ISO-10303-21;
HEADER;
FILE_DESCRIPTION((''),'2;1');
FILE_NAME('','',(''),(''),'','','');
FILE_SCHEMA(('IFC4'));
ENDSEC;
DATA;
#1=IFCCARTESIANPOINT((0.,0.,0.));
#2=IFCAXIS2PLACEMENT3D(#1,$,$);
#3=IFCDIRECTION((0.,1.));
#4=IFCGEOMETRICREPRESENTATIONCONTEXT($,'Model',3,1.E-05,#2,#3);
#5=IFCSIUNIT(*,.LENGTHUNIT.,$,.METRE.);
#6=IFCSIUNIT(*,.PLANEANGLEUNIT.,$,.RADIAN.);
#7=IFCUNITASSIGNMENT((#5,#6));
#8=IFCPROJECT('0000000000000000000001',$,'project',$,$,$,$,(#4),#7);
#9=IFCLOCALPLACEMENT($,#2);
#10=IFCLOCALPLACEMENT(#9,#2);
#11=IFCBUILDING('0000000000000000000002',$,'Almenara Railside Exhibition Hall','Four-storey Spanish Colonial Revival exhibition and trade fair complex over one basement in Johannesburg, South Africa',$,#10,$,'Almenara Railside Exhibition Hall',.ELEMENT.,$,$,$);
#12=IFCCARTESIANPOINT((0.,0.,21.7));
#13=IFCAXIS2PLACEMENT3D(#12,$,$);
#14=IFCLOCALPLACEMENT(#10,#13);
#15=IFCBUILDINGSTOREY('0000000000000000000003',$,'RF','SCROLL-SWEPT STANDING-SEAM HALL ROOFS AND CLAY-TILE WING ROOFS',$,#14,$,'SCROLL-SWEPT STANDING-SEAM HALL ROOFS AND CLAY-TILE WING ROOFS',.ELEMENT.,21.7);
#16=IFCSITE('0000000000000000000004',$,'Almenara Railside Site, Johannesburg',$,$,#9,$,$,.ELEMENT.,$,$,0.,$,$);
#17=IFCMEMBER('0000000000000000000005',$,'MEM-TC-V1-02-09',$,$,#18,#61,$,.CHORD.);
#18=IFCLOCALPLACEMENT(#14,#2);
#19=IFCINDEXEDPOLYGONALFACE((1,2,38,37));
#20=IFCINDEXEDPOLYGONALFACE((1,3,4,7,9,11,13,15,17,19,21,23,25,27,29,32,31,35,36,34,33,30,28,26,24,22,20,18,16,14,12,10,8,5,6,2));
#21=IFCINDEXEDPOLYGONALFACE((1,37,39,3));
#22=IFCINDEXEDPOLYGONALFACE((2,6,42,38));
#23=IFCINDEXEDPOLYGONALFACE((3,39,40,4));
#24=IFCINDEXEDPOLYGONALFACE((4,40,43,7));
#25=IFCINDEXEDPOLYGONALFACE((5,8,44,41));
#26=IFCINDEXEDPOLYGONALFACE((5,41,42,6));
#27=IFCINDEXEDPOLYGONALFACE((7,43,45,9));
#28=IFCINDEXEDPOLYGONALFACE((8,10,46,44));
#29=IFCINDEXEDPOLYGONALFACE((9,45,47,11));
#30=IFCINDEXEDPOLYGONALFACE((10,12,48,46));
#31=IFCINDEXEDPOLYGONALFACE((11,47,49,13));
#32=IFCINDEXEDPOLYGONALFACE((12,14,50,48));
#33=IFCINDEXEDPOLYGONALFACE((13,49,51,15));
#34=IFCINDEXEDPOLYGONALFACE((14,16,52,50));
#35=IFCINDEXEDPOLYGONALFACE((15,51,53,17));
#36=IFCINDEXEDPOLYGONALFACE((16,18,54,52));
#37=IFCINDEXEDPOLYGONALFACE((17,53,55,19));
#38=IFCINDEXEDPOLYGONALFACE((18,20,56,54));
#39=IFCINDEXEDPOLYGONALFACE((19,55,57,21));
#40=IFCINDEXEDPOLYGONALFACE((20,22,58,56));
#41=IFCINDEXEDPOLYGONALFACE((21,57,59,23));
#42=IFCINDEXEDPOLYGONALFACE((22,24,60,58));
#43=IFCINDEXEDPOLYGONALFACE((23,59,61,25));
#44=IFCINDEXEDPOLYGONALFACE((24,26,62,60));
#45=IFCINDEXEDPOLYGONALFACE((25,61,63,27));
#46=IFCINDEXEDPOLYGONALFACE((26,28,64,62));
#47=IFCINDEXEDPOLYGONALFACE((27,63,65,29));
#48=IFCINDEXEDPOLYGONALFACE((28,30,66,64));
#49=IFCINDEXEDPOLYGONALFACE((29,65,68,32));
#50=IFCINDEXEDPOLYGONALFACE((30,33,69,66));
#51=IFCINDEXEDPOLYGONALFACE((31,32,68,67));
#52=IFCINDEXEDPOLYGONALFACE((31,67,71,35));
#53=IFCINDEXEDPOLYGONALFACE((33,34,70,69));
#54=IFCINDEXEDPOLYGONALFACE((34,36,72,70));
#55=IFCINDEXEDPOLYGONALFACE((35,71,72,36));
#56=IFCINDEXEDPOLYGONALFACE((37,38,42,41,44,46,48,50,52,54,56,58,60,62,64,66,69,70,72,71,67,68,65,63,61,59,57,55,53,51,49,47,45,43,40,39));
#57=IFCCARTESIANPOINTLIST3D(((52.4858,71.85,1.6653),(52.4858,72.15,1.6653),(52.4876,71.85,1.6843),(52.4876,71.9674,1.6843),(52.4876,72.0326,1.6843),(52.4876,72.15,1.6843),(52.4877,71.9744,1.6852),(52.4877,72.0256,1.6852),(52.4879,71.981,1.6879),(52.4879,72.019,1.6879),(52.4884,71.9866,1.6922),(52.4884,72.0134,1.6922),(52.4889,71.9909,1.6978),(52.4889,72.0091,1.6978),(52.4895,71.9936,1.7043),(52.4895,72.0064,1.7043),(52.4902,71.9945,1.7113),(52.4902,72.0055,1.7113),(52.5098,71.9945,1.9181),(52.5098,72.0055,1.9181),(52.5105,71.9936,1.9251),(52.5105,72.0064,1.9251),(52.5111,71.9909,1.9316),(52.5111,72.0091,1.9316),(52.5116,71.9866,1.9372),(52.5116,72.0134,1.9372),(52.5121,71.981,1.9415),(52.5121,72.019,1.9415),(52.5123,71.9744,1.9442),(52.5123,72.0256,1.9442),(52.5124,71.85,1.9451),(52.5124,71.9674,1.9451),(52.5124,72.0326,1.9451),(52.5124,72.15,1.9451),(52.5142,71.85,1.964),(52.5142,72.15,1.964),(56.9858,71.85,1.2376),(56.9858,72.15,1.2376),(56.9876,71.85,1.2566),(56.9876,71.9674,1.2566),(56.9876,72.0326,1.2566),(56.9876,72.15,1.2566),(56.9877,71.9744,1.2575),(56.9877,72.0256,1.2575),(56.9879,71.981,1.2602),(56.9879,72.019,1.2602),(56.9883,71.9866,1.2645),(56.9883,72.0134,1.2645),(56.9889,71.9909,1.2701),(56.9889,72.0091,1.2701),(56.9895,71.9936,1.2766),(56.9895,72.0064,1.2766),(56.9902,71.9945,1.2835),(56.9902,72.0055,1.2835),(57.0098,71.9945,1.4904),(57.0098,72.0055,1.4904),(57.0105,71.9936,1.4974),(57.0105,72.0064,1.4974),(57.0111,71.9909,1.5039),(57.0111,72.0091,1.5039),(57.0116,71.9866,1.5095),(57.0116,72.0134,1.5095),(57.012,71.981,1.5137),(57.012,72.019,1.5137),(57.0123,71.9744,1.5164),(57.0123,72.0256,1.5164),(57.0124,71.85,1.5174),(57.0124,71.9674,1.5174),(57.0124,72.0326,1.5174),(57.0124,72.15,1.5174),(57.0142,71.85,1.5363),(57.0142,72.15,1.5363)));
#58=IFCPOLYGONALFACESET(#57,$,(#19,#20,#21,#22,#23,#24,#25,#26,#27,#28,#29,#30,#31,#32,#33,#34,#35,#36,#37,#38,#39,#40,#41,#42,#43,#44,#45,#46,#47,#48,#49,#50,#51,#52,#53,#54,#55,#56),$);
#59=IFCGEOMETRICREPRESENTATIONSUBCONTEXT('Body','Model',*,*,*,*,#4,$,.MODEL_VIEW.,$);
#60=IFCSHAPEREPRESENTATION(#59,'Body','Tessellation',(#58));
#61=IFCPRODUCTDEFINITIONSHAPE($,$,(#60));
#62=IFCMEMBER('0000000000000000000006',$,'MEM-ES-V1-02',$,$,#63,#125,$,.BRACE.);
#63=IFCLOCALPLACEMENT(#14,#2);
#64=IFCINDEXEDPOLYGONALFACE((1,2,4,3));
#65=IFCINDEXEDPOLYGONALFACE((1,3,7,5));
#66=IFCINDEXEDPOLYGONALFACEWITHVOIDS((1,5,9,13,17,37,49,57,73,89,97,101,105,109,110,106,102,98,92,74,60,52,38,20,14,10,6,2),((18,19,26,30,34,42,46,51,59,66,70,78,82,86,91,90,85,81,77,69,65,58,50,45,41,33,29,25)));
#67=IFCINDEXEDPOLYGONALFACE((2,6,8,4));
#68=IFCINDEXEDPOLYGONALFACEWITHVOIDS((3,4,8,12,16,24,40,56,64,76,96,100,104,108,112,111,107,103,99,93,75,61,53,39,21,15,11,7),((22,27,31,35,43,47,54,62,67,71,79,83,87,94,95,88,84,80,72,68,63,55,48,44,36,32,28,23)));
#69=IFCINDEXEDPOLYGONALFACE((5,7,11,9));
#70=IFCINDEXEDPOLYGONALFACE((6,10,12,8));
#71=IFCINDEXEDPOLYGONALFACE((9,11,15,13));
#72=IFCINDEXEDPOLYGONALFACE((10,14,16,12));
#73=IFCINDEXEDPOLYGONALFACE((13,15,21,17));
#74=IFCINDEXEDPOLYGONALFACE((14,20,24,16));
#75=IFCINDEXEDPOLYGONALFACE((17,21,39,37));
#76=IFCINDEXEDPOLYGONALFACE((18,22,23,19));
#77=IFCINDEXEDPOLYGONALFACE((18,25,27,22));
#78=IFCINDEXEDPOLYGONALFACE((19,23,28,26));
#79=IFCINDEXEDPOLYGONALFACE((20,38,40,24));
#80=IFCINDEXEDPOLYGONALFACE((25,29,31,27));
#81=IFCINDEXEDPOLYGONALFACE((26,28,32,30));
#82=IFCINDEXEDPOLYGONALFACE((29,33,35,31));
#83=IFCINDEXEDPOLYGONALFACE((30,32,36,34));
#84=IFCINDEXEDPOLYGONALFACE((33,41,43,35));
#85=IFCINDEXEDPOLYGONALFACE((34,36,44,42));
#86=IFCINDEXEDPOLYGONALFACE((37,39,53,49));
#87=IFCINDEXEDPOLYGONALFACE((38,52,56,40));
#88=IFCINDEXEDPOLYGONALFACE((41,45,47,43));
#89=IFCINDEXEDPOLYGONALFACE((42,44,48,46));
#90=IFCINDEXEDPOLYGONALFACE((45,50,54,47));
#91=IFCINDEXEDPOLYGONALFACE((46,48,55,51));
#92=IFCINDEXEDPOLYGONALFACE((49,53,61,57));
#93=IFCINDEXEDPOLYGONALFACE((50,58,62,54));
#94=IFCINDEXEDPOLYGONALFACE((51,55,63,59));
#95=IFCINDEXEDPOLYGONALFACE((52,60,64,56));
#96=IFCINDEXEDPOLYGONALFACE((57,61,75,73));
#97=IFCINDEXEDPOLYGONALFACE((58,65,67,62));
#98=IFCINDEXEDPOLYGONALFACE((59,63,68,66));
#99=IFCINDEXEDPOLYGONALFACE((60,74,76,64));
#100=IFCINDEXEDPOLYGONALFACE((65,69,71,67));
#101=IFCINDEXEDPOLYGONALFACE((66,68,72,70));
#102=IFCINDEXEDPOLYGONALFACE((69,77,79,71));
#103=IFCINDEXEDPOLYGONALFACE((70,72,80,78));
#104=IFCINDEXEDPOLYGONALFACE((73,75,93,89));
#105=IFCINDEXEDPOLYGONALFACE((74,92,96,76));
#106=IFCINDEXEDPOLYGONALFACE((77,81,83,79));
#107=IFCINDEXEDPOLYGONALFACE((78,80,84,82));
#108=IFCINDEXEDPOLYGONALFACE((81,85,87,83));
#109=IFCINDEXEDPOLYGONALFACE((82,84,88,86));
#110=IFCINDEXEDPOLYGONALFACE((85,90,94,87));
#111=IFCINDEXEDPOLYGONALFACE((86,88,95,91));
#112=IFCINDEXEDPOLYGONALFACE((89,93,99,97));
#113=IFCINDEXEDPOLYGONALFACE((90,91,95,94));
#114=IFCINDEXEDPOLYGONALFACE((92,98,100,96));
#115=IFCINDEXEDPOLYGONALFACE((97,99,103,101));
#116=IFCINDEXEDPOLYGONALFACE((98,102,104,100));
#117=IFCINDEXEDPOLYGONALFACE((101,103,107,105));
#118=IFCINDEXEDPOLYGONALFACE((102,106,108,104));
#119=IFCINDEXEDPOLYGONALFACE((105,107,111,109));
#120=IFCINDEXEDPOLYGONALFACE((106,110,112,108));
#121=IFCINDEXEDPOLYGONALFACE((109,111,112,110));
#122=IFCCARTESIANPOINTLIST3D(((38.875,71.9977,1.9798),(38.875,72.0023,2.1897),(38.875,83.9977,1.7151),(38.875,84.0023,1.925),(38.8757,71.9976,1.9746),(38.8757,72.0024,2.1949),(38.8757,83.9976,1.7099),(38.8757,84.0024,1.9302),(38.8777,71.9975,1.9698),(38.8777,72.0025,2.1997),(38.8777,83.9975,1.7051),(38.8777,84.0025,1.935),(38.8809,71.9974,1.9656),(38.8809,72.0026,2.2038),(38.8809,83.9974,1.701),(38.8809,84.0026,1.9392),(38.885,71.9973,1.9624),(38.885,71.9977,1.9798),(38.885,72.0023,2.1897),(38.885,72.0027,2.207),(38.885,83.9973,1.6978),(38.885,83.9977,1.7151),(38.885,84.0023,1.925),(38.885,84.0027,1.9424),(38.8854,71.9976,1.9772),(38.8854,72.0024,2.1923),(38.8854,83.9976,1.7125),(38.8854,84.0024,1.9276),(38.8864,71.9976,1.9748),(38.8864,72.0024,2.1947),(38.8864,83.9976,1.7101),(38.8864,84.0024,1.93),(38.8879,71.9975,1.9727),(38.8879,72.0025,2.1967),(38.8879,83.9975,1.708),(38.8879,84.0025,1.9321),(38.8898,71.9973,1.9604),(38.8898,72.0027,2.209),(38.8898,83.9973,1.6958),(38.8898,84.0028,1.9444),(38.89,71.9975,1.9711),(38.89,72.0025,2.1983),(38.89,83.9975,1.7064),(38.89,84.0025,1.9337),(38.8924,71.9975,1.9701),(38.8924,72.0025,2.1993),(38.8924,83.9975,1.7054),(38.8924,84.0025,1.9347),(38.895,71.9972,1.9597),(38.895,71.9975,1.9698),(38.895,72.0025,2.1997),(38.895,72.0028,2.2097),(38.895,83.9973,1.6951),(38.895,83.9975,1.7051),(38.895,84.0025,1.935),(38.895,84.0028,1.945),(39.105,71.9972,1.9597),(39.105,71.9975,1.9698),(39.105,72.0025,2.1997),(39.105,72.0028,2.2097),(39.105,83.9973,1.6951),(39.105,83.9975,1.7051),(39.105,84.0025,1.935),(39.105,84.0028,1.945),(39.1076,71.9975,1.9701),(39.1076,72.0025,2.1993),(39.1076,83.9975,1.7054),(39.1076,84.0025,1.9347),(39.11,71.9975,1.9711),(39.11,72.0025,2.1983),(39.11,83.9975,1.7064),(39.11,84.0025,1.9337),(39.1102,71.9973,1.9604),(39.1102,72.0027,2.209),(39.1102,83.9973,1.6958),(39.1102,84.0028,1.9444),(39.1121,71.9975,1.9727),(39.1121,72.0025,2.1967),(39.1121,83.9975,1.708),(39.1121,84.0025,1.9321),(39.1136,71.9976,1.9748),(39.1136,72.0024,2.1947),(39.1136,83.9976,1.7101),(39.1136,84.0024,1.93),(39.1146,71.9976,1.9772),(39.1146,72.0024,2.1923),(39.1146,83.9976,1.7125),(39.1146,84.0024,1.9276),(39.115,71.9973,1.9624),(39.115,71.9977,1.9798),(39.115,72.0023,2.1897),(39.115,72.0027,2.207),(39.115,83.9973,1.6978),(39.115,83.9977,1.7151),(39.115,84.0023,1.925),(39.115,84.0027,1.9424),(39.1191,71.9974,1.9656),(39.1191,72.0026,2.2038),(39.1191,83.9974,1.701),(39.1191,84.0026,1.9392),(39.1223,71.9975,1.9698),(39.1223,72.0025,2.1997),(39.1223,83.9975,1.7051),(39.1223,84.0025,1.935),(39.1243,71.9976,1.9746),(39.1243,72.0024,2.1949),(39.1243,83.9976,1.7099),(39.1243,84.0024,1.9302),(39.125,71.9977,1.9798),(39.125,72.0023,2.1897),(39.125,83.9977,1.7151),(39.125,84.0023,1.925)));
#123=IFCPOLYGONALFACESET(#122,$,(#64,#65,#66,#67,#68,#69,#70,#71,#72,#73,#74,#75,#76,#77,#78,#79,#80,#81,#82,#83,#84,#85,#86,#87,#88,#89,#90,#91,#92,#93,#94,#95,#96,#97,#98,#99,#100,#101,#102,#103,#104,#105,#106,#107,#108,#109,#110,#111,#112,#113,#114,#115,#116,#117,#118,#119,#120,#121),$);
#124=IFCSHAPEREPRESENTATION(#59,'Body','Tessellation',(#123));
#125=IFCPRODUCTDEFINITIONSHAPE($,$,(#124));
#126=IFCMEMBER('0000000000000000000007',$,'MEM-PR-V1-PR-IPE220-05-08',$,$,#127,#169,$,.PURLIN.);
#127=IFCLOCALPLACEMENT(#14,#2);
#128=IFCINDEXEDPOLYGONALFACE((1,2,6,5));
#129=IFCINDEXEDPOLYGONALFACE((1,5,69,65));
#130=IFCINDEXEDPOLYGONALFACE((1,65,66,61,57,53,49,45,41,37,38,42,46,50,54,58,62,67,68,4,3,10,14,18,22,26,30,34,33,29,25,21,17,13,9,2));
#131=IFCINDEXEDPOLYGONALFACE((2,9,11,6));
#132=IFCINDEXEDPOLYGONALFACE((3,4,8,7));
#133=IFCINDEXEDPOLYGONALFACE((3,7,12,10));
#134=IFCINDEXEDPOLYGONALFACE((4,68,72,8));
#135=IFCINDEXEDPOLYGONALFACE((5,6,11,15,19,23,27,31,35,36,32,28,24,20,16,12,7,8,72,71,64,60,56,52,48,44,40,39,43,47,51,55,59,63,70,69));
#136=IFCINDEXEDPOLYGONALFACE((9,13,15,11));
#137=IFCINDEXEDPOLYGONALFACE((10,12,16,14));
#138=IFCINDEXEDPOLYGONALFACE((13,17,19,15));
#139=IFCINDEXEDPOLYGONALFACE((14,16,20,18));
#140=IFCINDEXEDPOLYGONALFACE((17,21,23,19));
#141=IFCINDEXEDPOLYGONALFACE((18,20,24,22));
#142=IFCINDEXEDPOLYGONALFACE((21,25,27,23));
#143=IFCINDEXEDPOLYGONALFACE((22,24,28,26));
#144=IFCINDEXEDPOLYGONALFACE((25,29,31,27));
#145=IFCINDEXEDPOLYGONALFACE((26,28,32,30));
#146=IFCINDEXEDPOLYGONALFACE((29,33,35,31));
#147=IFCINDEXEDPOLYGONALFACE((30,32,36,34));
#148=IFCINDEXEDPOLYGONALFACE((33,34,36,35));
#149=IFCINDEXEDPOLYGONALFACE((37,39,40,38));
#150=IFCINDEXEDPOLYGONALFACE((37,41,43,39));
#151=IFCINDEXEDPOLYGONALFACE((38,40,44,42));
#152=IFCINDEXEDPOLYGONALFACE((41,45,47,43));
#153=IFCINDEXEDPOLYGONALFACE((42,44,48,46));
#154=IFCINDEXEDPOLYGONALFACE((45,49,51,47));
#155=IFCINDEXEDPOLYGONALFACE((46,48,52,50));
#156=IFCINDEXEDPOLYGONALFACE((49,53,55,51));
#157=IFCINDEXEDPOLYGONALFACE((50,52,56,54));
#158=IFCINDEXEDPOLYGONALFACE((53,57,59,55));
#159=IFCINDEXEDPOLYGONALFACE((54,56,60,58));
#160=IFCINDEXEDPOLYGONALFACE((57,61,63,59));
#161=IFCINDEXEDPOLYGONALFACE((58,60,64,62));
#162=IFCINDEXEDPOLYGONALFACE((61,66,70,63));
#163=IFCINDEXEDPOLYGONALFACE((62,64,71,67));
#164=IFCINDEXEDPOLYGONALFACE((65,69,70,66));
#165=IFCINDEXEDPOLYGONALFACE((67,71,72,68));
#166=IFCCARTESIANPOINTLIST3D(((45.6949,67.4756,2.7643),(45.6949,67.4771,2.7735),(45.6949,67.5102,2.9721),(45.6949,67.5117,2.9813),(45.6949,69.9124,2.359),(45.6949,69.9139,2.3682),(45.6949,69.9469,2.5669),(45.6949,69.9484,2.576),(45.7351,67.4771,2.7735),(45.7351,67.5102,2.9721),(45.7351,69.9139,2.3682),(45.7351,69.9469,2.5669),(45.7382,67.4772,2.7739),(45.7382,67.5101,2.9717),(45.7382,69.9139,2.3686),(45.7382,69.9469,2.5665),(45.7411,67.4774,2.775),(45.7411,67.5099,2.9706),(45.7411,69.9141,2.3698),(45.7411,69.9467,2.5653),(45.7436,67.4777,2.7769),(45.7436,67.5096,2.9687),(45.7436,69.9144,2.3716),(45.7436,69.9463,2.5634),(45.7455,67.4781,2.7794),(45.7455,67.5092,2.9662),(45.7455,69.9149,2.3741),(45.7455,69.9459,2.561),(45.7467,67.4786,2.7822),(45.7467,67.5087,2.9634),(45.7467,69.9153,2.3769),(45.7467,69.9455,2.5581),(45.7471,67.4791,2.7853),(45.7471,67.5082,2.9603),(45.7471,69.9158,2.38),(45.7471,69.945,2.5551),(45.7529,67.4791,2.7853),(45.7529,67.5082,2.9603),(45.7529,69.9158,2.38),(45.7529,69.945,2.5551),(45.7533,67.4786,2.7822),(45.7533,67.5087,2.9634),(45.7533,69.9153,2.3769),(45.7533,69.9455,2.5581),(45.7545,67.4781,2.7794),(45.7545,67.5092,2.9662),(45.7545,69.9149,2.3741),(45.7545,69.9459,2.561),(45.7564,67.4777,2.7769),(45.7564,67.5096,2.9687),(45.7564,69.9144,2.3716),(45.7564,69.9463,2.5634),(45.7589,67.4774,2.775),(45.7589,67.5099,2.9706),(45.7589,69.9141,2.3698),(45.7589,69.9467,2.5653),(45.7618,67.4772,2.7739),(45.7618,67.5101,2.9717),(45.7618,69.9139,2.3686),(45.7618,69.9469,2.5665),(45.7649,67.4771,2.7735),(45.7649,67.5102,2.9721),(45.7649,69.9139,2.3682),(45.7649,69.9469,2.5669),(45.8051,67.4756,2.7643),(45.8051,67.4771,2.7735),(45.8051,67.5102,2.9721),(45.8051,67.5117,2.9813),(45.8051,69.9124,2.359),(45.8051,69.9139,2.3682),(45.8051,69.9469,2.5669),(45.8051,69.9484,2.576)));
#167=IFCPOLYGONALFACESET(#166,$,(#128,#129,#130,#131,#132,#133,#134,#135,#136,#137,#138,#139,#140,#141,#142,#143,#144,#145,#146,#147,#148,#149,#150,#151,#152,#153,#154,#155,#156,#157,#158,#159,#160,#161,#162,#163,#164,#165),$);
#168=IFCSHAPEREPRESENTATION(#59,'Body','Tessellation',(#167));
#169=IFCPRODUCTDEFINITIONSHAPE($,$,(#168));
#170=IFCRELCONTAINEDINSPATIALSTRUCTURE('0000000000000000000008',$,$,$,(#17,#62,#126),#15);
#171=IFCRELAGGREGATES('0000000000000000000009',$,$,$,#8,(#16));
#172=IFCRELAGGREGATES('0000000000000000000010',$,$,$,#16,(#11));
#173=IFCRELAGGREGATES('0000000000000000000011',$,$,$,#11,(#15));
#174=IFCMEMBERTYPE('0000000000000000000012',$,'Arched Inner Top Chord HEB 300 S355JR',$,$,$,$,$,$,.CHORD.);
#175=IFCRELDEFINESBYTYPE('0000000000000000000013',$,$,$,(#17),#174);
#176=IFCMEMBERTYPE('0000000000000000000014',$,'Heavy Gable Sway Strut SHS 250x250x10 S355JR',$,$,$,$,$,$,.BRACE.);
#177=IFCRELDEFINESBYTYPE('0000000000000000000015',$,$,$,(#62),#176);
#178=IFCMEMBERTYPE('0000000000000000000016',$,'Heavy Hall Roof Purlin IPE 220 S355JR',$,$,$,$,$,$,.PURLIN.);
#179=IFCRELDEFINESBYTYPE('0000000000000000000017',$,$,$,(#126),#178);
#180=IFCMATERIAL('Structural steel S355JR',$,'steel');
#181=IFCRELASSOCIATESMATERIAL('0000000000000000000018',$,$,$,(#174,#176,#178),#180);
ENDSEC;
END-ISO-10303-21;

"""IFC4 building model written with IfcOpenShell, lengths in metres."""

from ifc_helpers import new_model, si_unit, direction, frame, origin, origin_2d, place, context, subcontext, project, spatial, hollow_rectangle, i_section, extrude, material, material_profile, profile_set, type_object, element, save


model = new_model("IFC4")

# Units and contexts
model_context = context("Model", 3, precision=1e-05, world=origin(), true_north=direction((0.0, 1.0)))
body_context = subcontext(model_context, "Body", "Model", "MODEL_VIEW")
ifc_project = project(units=[si_unit("LENGTHUNIT", "METRE"), si_unit("PLANEANGLEUNIT", "RADIAN")], contexts=[model_context])

# Site, building, storey
site_placement = place(None, origin())
site = spatial("IfcSite", under=ifc_project, at=site_placement, Name="Almenara Railside Site, Johannesburg", CompositionType="ELEMENT", RefElevation=0.0)
building_placement = place(site_placement, origin())
building = spatial("IfcBuilding", under=site, at=building_placement, Name="Almenara Railside Exhibition Hall", Description="Four-storey Spanish Colonial Revival exhibition and trade fair complex over one basement in Johannesburg, South Africa", LongName="Almenara Railside Exhibition Hall", CompositionType="ELEMENT")
storey_placement = place(building_placement, frame((0.0, 0.0, 21.7)))
storey = spatial("IfcBuildingStorey", under=building, at=storey_placement, Name="RF", Description="SCROLL-SWEPT STANDING-SEAM HALL ROOFS AND CLAY-TILE WING ROOFS", LongName="SCROLL-SWEPT STANDING-SEAM HALL ROOFS AND CLAY-TILE WING ROOFS", CompositionType="ELEMENT", Elevation=21.7)

# Members
ifc_material_1 = material(Name="Structural steel S355JR", Category="steel")
ifc_material_profile_1 = material_profile(ifc_material_1, i_section(OverallWidth=0.3, OverallDepth=0.3, WebThickness=0.011, FlangeThickness=0.019, FilletRadius=0.0271, at=origin_2d()), Name="HEB 300")
ifc_profile_set_1 = profile_set([ifc_material_profile_1], Name="Structural steel S355JR")
member_type_1 = type_object("IfcMemberType", Name="Arched Inner Top Chord HEB 300 S355JR", PredefinedType="CHORD", material=ifc_profile_set_1)
member_1_placement = place(storey_placement, frame((52.5, 72.0, 1.8147), z_axis=(0.995513, 0.0, -0.094626), x_axis=(0.0, 1.0, 0.0)))
element("IfcMember", 1, at=member_1_placement, inside=storey, type_object=member_type_1, Name="MEM-TC-V1-02-09", PredefinedType="CHORD", context=body_context, shape_type="SweptSolid", body=[
    extrude(i_section(OverallWidth=0.3, OverallDepth=0.3, WebThickness=0.011, FlangeThickness=0.019, FilletRadius=0.0271, at=origin_2d()), origin(), (0.0, 0.0, 1.0), 4.5203),
])
ifc_material_profile_2 = material_profile(ifc_material_1, hollow_rectangle(XDim=0.25, YDim=0.25, WallThickness=0.01, InnerFilletRadius=0.01, OuterFilletRadius=0.02, at=origin_2d()), Name="SHS 250x250x10")
ifc_profile_set_2 = profile_set([ifc_material_profile_2], Name="Structural steel S355JR")
member_type_2 = type_object("IfcMemberType", Name="Heavy Gable Sway Strut SHS 250x250x10 S355JR", PredefinedType="BRACE", material=ifc_profile_set_2)
member_2_placement = place(storey_placement, frame((39.0, 72.0, 2.0847), z_axis=(0.0, 0.999757, -0.022049), x_axis=(-1.0, 0.0, 0.0)))
element("IfcMember", 2, at=member_2_placement, inside=storey, type_object=member_type_2, Name="MEM-ES-V1-02", PredefinedType="BRACE", context=body_context, shape_type="SweptSolid", body=[
    extrude(hollow_rectangle(XDim=0.25, YDim=0.25, WallThickness=0.01, InnerFilletRadius=0.01, OuterFilletRadius=0.02, at=origin_2d()), origin(), (0.0, 0.0, 1.0), 12.0029),
])
ifc_material_profile_3 = material_profile(ifc_material_1, i_section(OverallWidth=0.1101, OverallDepth=0.22, WebThickness=0.0059, FlangeThickness=0.0093, FilletRadius=0.012, at=origin_2d()), Name="IPE 220")
ifc_profile_set_3 = profile_set([ifc_material_profile_3], Name="Structural steel S355JR")
member_type_3 = type_object("IfcMemberType", Name="Heavy Hall Roof Purlin IPE 220 S355JR", PredefinedType="PURLIN", material=ifc_profile_set_3)
member_3_placement = place(storey_placement, frame((45.75, 67.4937, 2.8728), z_axis=(0.0, 0.98645, -0.164062), x_axis=(-1.0, 0.0, 0.0)))
element("IfcMember", 3, at=member_3_placement, inside=storey, type_object=member_type_3, Name="MEM-PR-V1-PR-IPE220-05-08", PredefinedType="PURLIN", context=body_context, shape_type="SweptSolid", body=[
    extrude(i_section(OverallWidth=0.1101, OverallDepth=0.22, WebThickness=0.0059, FlangeThickness=0.0093, FilletRadius=0.012, at=origin_2d()), origin(), (0.0, 0.0, 1.0), 2.4702),
])

save(model, "model.ifc")
